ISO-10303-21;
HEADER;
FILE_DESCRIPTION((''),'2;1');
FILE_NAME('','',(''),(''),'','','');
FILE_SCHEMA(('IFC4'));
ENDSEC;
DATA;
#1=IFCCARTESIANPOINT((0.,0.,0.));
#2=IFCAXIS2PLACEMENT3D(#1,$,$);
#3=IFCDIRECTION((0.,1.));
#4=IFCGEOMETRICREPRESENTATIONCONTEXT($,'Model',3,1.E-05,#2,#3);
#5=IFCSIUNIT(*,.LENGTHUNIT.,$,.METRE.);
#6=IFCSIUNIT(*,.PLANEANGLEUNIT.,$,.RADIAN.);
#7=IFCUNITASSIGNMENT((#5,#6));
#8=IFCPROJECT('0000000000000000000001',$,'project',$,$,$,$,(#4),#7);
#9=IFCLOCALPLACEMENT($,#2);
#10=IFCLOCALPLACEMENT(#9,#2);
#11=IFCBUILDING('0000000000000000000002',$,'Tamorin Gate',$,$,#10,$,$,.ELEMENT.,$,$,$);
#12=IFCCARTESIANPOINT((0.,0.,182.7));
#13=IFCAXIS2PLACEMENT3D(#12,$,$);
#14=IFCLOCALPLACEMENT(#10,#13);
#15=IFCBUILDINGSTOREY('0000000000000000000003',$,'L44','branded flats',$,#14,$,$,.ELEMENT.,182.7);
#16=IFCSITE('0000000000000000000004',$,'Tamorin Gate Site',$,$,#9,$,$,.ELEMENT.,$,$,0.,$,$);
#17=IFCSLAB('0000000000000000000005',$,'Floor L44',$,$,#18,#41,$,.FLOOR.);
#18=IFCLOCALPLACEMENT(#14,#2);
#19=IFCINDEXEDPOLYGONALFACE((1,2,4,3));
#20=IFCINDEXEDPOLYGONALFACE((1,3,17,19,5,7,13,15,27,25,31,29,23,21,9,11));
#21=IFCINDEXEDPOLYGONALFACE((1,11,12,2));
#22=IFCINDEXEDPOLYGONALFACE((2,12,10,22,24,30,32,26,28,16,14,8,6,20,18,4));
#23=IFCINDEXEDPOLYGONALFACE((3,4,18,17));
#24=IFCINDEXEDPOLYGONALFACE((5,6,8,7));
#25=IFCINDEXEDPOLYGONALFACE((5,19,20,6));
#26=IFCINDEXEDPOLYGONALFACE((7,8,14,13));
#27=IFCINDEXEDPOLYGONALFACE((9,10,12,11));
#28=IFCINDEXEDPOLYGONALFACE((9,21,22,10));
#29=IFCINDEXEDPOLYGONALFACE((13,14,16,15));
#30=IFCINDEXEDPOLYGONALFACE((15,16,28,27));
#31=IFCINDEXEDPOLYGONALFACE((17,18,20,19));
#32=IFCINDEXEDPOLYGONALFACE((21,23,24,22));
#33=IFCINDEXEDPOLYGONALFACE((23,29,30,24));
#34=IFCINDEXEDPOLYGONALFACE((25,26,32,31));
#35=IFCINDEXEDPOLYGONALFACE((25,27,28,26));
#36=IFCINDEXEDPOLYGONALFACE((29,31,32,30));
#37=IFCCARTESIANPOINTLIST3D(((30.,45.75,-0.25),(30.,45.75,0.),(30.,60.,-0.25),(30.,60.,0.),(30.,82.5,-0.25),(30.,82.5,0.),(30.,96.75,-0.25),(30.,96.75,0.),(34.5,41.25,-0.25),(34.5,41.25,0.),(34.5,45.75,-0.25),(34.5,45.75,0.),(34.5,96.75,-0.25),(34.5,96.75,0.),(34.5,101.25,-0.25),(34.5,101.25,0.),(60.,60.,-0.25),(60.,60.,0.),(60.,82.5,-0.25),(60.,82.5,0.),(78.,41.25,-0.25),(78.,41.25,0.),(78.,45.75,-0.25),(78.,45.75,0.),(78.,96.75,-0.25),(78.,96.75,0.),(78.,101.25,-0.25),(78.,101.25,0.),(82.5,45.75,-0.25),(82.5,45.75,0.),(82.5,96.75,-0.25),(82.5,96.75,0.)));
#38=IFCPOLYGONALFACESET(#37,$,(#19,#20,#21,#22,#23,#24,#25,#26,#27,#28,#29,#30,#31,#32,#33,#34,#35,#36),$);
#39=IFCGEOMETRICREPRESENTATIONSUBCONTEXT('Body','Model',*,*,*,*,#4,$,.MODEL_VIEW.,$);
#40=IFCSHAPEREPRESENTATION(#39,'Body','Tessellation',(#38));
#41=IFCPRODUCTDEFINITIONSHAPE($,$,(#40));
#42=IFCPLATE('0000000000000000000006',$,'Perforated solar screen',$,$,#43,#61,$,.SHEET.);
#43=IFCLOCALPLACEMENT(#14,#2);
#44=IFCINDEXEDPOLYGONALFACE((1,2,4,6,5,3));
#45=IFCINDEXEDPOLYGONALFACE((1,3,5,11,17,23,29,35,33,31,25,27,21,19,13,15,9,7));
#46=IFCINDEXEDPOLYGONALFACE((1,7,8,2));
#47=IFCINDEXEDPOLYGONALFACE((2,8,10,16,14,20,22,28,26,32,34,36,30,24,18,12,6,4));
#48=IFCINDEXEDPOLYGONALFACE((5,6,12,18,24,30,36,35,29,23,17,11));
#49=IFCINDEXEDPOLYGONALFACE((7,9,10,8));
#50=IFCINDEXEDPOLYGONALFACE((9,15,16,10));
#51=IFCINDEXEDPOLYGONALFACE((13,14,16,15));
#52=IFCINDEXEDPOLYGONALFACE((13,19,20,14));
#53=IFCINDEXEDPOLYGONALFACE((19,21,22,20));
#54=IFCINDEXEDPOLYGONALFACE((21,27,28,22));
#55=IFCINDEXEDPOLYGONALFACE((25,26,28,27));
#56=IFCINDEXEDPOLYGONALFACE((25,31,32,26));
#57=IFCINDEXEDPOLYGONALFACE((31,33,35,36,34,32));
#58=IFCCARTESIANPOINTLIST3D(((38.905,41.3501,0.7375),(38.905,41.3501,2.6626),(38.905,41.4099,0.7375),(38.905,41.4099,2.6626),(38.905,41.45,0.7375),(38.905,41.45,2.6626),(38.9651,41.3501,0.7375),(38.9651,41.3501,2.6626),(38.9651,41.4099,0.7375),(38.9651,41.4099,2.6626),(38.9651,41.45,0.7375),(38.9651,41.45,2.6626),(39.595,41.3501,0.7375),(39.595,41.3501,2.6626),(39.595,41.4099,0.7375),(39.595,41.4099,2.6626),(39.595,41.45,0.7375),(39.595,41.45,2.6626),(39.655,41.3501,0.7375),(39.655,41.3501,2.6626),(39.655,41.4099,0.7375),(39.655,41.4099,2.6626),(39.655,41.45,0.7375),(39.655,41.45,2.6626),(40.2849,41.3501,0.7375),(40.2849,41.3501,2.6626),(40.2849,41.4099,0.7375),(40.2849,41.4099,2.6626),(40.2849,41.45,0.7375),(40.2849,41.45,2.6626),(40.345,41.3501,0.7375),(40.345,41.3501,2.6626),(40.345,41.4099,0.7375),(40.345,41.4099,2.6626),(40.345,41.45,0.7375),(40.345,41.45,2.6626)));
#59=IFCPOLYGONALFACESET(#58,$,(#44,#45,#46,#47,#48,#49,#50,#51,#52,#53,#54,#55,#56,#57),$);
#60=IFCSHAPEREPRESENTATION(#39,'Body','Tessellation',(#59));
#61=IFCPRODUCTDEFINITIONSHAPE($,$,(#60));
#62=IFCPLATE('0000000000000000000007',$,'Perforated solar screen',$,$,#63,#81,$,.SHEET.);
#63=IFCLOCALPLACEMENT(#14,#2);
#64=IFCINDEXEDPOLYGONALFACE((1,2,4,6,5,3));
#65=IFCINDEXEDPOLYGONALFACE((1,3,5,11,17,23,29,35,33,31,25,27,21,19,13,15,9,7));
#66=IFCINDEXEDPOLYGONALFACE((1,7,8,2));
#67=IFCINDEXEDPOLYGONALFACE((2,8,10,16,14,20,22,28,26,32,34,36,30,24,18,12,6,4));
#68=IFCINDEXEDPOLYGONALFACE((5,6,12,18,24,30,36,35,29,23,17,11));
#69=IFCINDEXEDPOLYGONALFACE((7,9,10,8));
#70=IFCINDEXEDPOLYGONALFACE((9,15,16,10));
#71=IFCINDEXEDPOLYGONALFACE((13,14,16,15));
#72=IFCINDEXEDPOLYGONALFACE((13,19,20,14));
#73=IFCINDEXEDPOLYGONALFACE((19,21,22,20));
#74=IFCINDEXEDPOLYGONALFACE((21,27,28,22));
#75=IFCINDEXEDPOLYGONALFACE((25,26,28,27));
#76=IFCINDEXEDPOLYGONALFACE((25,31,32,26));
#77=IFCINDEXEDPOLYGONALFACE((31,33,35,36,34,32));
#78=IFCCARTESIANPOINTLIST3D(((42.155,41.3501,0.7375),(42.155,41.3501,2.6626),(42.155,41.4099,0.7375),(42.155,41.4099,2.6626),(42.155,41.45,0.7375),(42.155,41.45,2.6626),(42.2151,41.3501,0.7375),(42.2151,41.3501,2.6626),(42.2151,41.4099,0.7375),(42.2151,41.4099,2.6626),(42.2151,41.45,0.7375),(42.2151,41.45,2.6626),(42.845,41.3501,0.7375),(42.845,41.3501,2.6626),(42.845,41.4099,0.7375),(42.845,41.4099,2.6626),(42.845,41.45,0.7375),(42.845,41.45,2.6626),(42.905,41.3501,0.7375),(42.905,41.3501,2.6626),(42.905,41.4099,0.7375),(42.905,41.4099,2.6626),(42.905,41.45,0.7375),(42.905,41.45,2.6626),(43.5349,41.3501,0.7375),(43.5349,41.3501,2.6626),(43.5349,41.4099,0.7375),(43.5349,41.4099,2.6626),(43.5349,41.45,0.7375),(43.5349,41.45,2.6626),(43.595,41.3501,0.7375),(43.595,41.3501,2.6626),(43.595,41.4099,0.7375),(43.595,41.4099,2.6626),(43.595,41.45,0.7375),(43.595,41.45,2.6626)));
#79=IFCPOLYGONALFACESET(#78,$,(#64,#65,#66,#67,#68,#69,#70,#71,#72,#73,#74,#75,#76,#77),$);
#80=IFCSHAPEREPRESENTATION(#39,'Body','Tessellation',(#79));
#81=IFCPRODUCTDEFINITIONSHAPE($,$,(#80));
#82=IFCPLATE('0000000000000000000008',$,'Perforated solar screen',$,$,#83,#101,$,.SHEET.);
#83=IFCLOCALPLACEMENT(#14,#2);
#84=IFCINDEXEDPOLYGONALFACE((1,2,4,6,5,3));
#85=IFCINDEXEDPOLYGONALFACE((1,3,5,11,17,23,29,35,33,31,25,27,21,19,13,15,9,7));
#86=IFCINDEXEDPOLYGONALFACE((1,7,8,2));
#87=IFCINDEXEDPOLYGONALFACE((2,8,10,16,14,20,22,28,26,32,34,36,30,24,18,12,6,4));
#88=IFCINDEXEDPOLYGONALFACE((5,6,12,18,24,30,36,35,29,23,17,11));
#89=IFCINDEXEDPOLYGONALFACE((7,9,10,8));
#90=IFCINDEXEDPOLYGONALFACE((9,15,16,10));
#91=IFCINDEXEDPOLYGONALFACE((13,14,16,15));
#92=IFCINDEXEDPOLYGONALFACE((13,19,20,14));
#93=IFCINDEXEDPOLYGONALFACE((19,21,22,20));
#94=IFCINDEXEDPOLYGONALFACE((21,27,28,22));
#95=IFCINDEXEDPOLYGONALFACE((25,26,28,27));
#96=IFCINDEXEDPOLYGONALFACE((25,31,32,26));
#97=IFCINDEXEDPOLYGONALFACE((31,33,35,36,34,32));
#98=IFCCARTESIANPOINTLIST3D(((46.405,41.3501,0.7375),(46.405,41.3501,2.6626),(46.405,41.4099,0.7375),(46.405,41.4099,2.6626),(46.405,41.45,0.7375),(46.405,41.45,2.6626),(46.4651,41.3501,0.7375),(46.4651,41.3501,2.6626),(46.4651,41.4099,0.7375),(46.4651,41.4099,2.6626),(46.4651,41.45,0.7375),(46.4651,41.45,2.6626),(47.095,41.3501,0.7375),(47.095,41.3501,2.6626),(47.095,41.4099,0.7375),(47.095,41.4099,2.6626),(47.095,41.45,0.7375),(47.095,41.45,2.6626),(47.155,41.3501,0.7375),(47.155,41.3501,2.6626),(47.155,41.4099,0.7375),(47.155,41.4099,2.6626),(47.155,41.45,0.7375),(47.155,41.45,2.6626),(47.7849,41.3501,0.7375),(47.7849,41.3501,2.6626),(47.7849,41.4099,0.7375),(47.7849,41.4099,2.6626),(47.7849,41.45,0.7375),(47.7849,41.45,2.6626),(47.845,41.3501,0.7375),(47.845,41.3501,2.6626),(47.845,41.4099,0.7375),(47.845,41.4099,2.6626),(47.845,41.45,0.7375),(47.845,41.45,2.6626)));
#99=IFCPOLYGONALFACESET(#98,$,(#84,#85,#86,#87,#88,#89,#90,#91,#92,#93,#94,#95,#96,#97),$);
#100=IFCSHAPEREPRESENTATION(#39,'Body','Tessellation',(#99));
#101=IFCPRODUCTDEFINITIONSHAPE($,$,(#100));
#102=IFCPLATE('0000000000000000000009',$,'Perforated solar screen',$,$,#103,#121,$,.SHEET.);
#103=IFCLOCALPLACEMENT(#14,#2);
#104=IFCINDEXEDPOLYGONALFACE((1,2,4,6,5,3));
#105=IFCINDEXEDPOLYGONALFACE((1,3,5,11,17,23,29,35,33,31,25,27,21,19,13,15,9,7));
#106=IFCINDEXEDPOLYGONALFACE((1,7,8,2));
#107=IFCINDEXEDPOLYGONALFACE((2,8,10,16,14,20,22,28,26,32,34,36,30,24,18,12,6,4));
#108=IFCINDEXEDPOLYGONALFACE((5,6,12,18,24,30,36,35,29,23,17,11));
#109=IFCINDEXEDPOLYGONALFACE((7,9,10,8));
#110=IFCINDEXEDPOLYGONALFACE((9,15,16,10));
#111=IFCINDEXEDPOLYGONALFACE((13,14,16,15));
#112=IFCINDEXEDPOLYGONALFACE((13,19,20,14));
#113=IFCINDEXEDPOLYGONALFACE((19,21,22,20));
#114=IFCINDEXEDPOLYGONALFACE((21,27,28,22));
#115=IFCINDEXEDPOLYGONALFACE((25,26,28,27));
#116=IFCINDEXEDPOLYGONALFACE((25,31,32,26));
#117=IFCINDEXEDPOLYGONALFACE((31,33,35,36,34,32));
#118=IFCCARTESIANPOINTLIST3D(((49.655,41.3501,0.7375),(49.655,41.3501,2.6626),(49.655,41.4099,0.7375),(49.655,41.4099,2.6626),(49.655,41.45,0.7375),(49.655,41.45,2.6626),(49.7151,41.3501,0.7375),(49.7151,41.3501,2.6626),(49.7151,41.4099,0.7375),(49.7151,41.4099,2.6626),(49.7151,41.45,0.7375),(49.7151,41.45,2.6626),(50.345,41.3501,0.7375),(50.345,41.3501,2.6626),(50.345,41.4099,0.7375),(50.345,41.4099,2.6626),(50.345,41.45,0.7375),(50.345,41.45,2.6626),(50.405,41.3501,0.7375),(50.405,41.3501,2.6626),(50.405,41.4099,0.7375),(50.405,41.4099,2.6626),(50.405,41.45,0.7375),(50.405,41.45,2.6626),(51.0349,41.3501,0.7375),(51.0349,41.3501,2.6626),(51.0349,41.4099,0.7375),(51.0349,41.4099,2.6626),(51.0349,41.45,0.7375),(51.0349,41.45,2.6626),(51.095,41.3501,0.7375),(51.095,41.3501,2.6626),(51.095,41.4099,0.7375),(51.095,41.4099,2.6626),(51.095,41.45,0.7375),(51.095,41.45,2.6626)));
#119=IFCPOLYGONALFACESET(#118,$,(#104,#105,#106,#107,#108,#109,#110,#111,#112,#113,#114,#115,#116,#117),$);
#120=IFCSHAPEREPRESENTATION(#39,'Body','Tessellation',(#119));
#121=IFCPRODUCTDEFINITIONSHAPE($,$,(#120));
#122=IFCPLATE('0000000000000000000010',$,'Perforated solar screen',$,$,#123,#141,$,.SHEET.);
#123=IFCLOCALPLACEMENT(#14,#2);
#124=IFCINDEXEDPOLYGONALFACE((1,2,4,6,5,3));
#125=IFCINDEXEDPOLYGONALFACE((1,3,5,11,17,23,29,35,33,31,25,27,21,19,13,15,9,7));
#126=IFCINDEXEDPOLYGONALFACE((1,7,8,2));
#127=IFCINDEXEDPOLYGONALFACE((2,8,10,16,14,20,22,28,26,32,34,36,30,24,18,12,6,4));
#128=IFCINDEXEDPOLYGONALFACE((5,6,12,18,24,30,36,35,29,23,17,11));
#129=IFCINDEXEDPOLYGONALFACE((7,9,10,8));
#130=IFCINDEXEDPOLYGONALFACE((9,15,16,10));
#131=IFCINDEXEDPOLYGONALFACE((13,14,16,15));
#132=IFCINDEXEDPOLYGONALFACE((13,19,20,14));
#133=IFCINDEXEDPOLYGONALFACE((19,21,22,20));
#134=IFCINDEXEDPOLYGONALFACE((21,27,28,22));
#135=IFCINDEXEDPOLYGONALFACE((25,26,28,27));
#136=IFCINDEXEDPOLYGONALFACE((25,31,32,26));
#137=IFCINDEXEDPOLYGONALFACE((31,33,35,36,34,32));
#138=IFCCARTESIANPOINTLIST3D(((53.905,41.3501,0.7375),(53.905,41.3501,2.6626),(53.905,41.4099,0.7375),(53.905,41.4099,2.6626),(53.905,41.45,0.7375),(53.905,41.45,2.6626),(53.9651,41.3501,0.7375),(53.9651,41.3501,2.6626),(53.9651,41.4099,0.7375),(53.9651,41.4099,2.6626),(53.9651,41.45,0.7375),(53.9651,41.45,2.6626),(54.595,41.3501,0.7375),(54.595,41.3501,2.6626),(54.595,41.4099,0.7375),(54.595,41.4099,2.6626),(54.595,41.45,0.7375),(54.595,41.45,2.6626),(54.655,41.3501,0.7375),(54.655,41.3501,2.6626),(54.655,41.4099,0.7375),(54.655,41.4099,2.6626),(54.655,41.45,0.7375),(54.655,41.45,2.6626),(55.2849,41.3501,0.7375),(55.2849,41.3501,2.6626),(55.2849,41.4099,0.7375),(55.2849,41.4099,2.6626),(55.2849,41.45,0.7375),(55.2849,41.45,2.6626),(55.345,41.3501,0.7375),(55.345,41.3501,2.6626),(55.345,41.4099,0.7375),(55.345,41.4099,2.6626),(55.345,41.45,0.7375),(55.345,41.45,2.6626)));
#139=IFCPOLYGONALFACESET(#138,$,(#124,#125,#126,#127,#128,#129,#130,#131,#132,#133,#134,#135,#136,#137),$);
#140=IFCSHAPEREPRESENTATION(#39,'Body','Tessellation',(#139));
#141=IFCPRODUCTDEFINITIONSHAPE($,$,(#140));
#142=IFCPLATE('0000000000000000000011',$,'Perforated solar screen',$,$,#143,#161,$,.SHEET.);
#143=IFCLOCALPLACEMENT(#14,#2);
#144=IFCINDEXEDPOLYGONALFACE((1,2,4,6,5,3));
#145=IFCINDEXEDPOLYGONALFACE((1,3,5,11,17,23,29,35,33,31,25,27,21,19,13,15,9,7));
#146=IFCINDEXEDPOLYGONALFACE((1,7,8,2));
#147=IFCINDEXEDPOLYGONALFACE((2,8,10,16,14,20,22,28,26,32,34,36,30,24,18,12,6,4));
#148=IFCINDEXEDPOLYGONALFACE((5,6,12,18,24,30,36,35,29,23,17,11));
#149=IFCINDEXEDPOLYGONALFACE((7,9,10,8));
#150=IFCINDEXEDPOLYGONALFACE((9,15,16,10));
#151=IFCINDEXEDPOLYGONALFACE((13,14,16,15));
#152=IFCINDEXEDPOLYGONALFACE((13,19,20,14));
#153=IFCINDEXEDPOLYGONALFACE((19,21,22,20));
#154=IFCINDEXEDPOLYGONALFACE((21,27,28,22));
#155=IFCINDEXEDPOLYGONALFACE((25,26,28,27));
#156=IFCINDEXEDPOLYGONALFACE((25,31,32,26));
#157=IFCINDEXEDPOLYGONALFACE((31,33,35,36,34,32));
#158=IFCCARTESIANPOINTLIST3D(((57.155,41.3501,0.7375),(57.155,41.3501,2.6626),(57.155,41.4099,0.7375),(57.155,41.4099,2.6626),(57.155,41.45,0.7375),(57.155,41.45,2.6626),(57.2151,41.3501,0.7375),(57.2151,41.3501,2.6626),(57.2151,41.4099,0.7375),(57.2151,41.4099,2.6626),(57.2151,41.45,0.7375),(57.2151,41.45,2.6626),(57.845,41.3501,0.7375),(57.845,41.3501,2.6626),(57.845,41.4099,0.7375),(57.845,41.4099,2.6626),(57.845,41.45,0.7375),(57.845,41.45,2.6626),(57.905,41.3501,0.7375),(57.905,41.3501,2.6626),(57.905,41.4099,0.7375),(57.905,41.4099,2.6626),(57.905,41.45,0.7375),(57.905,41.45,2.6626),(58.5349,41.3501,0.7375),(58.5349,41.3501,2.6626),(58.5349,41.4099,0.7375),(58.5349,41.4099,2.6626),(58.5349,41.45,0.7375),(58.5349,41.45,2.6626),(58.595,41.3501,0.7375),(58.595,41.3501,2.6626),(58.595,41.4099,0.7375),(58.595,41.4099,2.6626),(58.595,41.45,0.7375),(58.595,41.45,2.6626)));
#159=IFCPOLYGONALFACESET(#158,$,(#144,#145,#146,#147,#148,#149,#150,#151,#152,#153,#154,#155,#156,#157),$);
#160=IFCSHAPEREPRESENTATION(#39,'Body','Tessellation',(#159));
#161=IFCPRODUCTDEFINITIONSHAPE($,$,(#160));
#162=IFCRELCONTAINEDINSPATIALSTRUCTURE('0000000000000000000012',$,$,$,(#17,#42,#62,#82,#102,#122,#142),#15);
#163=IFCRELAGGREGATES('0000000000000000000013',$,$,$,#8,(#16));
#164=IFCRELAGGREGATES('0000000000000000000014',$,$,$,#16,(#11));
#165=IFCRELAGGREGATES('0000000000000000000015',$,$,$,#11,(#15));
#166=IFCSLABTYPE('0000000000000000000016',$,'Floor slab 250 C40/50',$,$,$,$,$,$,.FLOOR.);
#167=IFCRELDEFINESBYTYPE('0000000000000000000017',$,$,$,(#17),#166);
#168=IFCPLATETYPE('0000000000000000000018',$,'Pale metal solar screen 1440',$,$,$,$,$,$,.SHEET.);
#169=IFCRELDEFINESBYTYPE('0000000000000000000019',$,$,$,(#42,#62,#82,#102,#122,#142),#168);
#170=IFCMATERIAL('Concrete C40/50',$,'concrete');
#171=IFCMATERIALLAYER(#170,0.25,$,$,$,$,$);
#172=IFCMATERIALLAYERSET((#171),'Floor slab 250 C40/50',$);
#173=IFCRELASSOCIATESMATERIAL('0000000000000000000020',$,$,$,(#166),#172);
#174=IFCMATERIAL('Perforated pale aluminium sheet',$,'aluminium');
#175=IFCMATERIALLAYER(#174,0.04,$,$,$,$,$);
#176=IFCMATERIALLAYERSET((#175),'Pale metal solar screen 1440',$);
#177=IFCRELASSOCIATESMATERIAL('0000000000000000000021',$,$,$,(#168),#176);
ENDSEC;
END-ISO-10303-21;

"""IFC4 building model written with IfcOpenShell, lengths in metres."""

from ifc_helpers import new_model, si_unit, direction, frame, origin, place, context, subcontext, project, spatial, polyline, outline, extrude, material, layer, layer_set, type_object, element, save


model = new_model("IFC4")

# Units and contexts
model_context = context("Model", 3, precision=1e-05, world=origin(), true_north=direction((0.0, 1.0)))
body_context = subcontext(model_context, "Body", "Model", "MODEL_VIEW")
ifc_project = project(units=[si_unit("LENGTHUNIT", "METRE"), si_unit("PLANEANGLEUNIT", "RADIAN")], contexts=[model_context])

# Site, building, storey
site_placement = place(None, origin())
site = spatial("IfcSite", under=ifc_project, at=site_placement, Name="Tamorin Gate Site", CompositionType="ELEMENT", RefElevation=0.0)
building_placement = place(site_placement, origin())
building = spatial("IfcBuilding", under=site, at=building_placement, Name="Tamorin Gate", CompositionType="ELEMENT")
storey_placement = place(building_placement, frame((0.0, 0.0, 182.7)))
storey = spatial("IfcBuildingStorey", under=building, at=storey_placement, Name="L44", Description="branded flats", CompositionType="ELEMENT", Elevation=182.7)

# Slab
ifc_material_1 = material(Name="Concrete C40/50", Category="concrete")
ifc_layer_1 = layer(ifc_material_1, 0.25)
ifc_layer_set_1 = layer_set([ifc_layer_1], Name="Floor slab 250 C40/50")
slab_type = type_object("IfcSlabType", Name="Floor slab 250 C40/50", PredefinedType="FLOOR", material=ifc_layer_set_1)
slab_placement = place(storey_placement, frame((0.0, 0.0, -0.25)))
element("IfcSlab", 1, at=slab_placement, inside=storey, type_object=slab_type, Name="Floor L44", PredefinedType="FLOOR", context=body_context, shape_type="SweptSolid", body=[
    extrude(outline(polyline([(30.0, 96.75), (34.5, 96.75), (34.5, 101.25), (78.0, 101.25), (78.0, 96.75), (82.5, 96.75), (82.5, 45.75), (78.0, 45.75), (78.0, 41.25), (34.5, 41.25), (34.5, 45.75), (30.0, 45.75), (30.0, 60.0), (60.0, 60.0), (60.0, 82.5), (30.0, 82.5), (30.0, 96.75)])), origin(), (0.0, 0.0, 1.0), 0.25),
])

# Plates
ifc_material_2 = material(Name="Perforated pale aluminium sheet", Category="aluminium")
ifc_layer_2 = layer(ifc_material_2, 0.04)
ifc_layer_set_2 = layer_set([ifc_layer_2], Name="Pale metal solar screen 1440")
plate_type_1 = type_object("IfcPlateType", Name="Pale metal solar screen 1440", PredefinedType="SHEET", material=ifc_layer_set_2)
plate_1_placement = place(storey_placement, frame((0.0, 0.0, 0.7375)))
element("IfcPlate", 2, at=plate_1_placement, inside=storey, type_object=plate_type_1, Name="Perforated solar screen", PredefinedType="SHEET", context=body_context, shape_type="SweptSolid", body=[
    extrude(outline(polyline([(38.905, 41.4099), (38.905, 41.45), (38.9651, 41.45), (39.595, 41.45), (39.655, 41.45), (40.2849, 41.45), (40.345, 41.45), (40.345, 41.45), (40.345, 41.4099), (40.345, 41.4099), (40.345, 41.3501), (40.2849, 41.3501), (40.2849, 41.4099), (39.655, 41.4099), (39.655, 41.3501), (39.595, 41.3501), (39.595, 41.4099), (38.9651, 41.4099), (38.9651, 41.3501), (38.905, 41.3501), (38.905, 41.4099)])), origin(), (0.0, 0.0, 1.0), 1.925),
])
plate_2_placement = place(storey_placement, frame((0.0, 0.0, 0.7375)))
element("IfcPlate", 3, at=plate_2_placement, inside=storey, type_object=plate_type_1, Name="Perforated solar screen", PredefinedType="SHEET", context=body_context, shape_type="SweptSolid", body=[
    extrude(outline(polyline([(42.155, 41.4099), (42.155, 41.45), (42.2151, 41.45), (42.845, 41.45), (42.905, 41.45), (43.5349, 41.45), (43.595, 41.45), (43.595, 41.4099), (43.595, 41.3501), (43.5349, 41.3501), (43.5349, 41.4099), (42.905, 41.4099), (42.905, 41.3501), (42.845, 41.3501), (42.845, 41.4099), (42.2151, 41.4099), (42.2151, 41.3501), (42.155, 41.3501), (42.155, 41.4099)])), origin(), (0.0, 0.0, 1.0), 1.925),
])
plate_3_placement = place(storey_placement, frame((0.0, 0.0, 0.7375)))
element("IfcPlate", 4, at=plate_3_placement, inside=storey, type_object=plate_type_1, Name="Perforated solar screen", PredefinedType="SHEET", context=body_context, shape_type="SweptSolid", body=[
    extrude(outline(polyline([(46.405, 41.4099), (46.405, 41.45), (46.4651, 41.45), (47.095, 41.45), (47.155, 41.45), (47.7849, 41.45), (47.845, 41.45), (47.845, 41.4099), (47.845, 41.3501), (47.7849, 41.3501), (47.7849, 41.4099), (47.155, 41.4099), (47.155, 41.3501), (47.095, 41.3501), (47.095, 41.4099), (46.4651, 41.4099), (46.4651, 41.3501), (46.405, 41.3501), (46.405, 41.4099)])), origin(), (0.0, 0.0, 1.0), 1.925),
])
plate_4_placement = place(storey_placement, frame((0.0, 0.0, 0.7375)))
element("IfcPlate", 5, at=plate_4_placement, inside=storey, type_object=plate_type_1, Name="Perforated solar screen", PredefinedType="SHEET", context=body_context, shape_type="SweptSolid", body=[
    extrude(outline(polyline([(49.655, 41.4099), (49.655, 41.45), (49.7151, 41.45), (50.345, 41.45), (50.405, 41.45), (51.0349, 41.45), (51.095, 41.45), (51.095, 41.4099), (51.095, 41.3501), (51.0349, 41.3501), (51.0349, 41.4099), (50.405, 41.4099), (50.405, 41.3501), (50.345, 41.3501), (50.345, 41.4099), (49.7151, 41.4099), (49.7151, 41.3501), (49.655, 41.3501), (49.655, 41.4099)])), origin(), (0.0, 0.0, 1.0), 1.925),
])
plate_5_placement = place(storey_placement, frame((0.0, 0.0, 0.7375)))
element("IfcPlate", 6, at=plate_5_placement, inside=storey, type_object=plate_type_1, Name="Perforated solar screen", PredefinedType="SHEET", context=body_context, shape_type="SweptSolid", body=[
    extrude(outline(polyline([(53.905, 41.4099), (53.905, 41.45), (53.9651, 41.45), (54.595, 41.45), (54.655, 41.45), (55.2849, 41.45), (55.345, 41.45), (55.345, 41.4099), (55.345, 41.3501), (55.2849, 41.3501), (55.2849, 41.4099), (54.655, 41.4099), (54.655, 41.3501), (54.595, 41.3501), (54.595, 41.4099), (53.9651, 41.4099), (53.9651, 41.3501), (53.905, 41.3501), (53.905, 41.4099)])), origin(), (0.0, 0.0, 1.0), 1.925),
])
plate_6_placement = place(storey_placement, frame((0.0, 0.0, 0.7375)))
element("IfcPlate", 7, at=plate_6_placement, inside=storey, type_object=plate_type_1, Name="Perforated solar screen", PredefinedType="SHEET", context=body_context, shape_type="SweptSolid", body=[
    extrude(outline(polyline([(57.155, 41.4099), (57.155, 41.45), (57.2151, 41.45), (57.845, 41.45), (57.905, 41.45), (58.5349, 41.45), (58.595, 41.45), (58.595, 41.4099), (58.595, 41.3501), (58.5349, 41.3501), (58.5349, 41.4099), (57.905, 41.4099), (57.905, 41.3501), (57.845, 41.3501), (57.845, 41.4099), (57.2151, 41.4099), (57.2151, 41.3501), (57.155, 41.3501), (57.155, 41.4099)])), origin(), (0.0, 0.0, 1.0), 1.925),
])

save(model, "model.ifc")
